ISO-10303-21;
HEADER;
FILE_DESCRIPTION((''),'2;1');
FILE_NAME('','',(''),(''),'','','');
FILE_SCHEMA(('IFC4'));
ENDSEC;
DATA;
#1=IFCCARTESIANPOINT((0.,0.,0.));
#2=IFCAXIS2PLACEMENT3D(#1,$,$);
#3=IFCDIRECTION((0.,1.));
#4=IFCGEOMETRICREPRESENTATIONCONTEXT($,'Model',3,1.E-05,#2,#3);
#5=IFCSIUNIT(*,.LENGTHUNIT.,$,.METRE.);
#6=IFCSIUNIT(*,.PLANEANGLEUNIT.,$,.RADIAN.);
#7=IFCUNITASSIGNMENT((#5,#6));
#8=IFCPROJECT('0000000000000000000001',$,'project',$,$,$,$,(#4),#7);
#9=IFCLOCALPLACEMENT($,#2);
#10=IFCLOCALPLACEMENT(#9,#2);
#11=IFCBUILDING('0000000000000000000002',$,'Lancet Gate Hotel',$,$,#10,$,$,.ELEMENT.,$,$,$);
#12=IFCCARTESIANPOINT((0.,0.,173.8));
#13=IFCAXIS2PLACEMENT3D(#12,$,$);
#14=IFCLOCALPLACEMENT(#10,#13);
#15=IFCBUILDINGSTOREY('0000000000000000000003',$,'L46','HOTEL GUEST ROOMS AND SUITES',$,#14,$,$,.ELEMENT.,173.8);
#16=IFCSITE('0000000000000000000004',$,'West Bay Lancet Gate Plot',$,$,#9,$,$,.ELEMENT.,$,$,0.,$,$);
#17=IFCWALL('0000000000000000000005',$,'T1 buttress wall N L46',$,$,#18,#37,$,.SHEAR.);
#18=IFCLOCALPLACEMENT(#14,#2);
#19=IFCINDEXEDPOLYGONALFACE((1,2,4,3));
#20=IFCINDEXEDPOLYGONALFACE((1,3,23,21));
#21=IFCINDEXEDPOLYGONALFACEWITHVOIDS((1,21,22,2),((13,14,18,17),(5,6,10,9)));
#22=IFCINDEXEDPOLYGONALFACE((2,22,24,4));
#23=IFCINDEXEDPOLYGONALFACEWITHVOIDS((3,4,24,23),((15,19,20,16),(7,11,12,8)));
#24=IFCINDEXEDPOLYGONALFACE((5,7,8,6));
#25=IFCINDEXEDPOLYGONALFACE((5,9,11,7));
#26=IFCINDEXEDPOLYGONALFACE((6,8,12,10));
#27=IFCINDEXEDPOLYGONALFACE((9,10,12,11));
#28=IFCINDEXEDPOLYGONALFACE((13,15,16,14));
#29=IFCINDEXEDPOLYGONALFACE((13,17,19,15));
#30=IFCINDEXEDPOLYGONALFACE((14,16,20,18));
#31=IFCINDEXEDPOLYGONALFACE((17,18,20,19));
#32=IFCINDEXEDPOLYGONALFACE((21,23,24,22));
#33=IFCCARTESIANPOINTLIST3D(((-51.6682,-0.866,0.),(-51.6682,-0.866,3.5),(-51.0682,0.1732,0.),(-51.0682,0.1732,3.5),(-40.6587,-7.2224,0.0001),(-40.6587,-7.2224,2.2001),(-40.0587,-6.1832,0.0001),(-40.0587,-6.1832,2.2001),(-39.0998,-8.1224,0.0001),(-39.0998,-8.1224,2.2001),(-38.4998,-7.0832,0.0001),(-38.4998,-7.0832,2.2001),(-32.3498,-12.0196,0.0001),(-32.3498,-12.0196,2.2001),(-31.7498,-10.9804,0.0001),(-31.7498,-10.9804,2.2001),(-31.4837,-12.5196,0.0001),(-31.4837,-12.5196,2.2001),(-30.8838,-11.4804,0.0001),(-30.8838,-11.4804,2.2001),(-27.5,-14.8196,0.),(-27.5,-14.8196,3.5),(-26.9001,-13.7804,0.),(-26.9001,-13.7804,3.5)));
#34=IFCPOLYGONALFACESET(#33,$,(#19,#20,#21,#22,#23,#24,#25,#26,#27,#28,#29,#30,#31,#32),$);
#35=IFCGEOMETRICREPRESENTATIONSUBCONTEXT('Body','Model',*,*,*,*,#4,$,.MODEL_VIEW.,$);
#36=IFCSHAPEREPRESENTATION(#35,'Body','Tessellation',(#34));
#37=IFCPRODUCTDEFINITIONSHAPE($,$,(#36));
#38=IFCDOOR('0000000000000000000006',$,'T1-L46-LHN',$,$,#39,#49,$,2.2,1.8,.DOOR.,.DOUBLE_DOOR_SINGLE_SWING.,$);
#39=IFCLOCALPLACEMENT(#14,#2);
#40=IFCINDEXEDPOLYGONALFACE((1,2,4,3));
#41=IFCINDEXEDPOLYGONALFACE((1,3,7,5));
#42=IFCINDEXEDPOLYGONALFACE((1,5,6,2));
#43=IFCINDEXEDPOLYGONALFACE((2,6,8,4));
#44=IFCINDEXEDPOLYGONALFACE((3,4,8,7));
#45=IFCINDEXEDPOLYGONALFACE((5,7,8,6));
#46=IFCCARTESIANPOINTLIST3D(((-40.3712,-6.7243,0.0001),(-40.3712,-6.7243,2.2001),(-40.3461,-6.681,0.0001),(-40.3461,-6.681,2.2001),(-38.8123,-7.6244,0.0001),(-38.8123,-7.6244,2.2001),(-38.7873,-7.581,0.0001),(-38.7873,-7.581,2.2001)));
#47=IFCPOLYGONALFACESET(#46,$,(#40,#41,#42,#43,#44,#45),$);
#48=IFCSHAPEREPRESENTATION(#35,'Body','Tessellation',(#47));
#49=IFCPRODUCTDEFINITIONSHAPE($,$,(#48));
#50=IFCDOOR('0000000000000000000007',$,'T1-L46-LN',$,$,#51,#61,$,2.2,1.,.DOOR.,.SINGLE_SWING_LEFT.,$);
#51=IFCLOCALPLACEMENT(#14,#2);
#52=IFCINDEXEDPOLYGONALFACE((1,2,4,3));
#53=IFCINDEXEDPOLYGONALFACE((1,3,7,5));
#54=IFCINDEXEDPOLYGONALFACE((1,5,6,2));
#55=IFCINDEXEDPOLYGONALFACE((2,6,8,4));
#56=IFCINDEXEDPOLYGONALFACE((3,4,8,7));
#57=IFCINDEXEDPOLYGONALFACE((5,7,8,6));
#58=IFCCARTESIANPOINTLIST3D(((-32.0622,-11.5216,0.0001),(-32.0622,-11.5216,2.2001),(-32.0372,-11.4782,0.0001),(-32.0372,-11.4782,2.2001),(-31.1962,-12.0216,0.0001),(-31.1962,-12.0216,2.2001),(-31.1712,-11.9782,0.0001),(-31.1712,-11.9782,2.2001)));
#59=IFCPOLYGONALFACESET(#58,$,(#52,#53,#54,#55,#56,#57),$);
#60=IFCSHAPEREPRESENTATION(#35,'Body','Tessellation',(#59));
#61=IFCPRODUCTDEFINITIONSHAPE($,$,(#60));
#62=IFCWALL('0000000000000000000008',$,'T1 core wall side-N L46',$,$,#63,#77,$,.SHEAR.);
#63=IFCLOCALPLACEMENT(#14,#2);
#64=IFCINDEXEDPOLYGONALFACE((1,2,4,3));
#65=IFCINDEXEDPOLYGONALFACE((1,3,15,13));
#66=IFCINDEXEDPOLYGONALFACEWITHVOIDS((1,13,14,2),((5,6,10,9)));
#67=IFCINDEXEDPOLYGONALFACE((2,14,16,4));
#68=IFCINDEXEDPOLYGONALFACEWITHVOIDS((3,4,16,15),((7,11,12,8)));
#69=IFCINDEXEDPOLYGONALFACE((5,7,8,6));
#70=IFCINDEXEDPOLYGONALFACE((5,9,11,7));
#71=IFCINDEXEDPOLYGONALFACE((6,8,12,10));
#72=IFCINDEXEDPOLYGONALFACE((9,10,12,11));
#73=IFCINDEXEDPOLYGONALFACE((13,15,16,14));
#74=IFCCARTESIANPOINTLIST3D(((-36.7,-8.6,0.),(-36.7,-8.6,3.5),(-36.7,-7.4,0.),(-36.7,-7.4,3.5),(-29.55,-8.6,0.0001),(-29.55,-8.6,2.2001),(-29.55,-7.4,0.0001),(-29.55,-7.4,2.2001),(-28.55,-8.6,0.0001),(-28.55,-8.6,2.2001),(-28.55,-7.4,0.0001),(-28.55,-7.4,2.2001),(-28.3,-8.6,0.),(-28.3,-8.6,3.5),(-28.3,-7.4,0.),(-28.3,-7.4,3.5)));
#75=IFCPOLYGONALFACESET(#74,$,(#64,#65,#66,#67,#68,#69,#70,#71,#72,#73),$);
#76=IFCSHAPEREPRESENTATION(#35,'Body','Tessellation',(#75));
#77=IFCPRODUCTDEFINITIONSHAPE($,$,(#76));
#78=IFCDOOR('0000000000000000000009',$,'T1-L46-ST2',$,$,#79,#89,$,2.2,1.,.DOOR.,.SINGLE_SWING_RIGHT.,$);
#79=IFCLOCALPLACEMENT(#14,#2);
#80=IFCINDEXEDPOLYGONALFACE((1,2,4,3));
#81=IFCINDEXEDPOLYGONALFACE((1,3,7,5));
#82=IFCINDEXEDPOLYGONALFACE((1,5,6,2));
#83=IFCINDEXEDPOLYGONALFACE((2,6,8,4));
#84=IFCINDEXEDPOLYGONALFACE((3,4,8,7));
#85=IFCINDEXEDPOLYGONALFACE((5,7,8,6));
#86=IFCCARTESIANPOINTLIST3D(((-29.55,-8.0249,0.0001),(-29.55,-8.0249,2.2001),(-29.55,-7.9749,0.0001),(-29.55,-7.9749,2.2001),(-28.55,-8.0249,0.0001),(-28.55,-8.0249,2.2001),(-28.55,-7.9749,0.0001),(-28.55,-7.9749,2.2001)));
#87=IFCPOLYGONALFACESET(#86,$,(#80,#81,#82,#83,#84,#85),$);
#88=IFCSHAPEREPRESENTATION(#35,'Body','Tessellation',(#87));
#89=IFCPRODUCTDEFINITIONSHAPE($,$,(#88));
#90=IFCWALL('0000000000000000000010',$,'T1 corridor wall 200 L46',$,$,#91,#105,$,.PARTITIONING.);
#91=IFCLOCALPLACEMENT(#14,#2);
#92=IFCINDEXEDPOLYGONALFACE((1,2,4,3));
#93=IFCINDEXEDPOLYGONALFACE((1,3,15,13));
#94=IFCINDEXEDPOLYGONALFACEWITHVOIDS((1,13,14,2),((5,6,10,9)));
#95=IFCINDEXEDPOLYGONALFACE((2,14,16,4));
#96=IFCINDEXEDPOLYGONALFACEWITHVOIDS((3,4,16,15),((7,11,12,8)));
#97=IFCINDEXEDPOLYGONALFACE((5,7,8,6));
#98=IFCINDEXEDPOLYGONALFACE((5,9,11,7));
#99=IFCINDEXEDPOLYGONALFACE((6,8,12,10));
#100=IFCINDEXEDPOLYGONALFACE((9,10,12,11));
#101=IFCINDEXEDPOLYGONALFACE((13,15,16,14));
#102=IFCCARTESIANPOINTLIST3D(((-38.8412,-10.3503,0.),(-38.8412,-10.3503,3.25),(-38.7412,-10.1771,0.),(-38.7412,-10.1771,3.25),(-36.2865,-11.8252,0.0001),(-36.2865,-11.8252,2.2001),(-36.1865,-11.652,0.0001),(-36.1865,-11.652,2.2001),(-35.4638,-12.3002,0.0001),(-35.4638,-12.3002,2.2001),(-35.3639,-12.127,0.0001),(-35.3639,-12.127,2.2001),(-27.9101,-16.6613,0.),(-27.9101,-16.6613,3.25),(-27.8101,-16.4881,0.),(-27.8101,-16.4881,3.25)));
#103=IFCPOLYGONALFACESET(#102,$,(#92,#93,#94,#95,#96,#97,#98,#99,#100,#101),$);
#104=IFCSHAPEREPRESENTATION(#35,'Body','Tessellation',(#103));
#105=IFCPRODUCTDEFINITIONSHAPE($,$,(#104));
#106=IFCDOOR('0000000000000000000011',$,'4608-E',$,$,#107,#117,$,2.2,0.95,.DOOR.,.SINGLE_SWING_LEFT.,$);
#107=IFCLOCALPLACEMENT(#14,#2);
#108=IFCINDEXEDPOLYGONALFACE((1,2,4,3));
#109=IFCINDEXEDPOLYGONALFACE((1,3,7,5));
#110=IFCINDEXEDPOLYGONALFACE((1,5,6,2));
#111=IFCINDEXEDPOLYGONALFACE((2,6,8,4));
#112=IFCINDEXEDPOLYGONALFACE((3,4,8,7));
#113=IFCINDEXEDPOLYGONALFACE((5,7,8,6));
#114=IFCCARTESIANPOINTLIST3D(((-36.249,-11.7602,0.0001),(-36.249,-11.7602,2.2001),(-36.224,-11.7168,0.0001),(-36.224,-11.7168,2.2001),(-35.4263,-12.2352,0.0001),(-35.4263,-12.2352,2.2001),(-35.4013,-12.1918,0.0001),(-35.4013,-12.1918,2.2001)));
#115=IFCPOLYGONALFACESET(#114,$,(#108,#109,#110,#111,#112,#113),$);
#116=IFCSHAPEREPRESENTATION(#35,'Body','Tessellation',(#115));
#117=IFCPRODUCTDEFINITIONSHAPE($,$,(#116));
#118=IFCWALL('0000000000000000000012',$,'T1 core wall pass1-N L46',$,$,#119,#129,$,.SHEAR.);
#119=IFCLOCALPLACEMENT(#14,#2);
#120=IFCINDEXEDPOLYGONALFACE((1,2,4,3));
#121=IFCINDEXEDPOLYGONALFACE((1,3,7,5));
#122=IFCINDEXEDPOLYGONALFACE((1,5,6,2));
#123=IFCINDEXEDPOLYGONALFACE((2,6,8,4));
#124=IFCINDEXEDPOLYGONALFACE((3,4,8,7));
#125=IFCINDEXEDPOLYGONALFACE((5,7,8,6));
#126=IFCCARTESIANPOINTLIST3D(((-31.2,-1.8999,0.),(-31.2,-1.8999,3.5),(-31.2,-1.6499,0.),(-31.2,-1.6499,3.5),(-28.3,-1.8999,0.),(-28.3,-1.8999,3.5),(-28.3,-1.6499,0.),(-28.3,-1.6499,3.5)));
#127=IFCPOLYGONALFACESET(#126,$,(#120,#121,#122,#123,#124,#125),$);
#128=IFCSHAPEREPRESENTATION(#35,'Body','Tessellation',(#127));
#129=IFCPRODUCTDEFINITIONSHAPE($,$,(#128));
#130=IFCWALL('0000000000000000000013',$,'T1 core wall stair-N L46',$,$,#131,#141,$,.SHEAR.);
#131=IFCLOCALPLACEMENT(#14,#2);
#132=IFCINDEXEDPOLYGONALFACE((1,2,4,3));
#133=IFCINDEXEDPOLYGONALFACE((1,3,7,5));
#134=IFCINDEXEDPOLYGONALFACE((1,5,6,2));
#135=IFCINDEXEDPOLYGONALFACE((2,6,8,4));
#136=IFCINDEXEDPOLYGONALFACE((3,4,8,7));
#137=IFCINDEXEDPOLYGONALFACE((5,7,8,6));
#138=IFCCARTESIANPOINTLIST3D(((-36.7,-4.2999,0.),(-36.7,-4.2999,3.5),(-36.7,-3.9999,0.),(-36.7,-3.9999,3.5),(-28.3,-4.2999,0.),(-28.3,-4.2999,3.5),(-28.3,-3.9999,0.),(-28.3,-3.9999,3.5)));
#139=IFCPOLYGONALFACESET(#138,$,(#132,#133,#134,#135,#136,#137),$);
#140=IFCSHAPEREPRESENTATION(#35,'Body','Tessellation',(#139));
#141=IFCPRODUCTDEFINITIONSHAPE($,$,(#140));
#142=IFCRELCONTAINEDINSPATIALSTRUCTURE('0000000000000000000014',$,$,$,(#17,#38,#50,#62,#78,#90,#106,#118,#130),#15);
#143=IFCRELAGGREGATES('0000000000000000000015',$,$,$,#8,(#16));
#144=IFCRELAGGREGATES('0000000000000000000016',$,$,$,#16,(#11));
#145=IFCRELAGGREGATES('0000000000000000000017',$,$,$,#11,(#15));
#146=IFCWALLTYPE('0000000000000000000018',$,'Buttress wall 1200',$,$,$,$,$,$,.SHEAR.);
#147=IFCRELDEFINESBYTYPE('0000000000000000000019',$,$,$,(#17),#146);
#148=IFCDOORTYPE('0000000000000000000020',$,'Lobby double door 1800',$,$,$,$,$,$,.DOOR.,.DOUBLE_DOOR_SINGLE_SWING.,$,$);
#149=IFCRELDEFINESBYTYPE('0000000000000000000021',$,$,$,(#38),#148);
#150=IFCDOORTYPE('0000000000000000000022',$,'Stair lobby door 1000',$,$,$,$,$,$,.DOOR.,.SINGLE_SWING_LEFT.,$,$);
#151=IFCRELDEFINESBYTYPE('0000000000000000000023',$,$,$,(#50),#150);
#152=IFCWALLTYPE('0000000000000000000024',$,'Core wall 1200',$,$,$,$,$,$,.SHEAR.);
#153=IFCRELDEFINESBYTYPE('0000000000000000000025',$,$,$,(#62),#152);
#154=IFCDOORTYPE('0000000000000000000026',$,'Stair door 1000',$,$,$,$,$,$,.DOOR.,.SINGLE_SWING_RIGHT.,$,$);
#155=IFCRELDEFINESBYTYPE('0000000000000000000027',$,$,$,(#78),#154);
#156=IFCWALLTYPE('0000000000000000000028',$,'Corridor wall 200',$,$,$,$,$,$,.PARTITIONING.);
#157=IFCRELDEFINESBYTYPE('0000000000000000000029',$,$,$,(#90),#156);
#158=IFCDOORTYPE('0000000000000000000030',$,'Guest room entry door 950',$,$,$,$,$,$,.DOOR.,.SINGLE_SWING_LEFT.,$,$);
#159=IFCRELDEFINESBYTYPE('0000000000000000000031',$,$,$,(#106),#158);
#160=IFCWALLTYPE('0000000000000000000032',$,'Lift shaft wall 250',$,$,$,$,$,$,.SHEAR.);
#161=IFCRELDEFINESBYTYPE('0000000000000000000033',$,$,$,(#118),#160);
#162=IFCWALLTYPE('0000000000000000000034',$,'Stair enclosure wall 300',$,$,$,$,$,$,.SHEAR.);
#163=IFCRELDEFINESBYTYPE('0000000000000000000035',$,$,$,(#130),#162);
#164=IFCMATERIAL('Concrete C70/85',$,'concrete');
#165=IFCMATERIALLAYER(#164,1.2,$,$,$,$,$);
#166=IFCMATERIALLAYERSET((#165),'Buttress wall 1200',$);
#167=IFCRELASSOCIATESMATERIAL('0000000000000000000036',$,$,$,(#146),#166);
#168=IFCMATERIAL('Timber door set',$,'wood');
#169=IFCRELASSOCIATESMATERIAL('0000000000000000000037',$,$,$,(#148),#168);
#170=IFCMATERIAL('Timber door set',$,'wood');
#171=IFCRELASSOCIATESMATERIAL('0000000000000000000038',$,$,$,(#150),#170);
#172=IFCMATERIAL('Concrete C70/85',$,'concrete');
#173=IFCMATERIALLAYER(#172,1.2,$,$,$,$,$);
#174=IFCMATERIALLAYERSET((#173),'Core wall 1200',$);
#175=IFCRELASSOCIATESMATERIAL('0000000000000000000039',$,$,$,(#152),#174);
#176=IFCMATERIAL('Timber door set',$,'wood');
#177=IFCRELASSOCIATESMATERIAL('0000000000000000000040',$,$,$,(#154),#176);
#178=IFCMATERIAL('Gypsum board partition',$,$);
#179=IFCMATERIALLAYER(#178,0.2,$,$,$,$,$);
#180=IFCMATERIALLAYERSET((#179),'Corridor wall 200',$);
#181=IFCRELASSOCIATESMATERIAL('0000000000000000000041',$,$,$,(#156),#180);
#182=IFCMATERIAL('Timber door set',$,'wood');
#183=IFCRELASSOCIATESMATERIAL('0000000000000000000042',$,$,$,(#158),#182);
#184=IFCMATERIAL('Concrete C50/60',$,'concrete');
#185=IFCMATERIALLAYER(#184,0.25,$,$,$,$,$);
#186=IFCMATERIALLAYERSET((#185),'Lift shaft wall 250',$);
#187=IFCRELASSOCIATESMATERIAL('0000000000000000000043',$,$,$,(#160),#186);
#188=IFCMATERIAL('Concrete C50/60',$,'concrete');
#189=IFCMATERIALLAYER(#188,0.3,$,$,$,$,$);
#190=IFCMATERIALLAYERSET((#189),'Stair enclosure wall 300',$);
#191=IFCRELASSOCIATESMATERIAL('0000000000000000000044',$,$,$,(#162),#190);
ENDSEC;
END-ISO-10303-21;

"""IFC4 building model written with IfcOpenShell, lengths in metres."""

from ifc_helpers import new_model, si_unit, direction, frame, frame_2d, origin, place, context, subcontext, project, spatial, rectangle, extrude, material, layer, layer_set, type_object, element, fill, save


model = new_model("IFC4")

# Units and contexts
model_context = context("Model", 3, precision=1e-05, world=origin(), true_north=direction((0.0, 1.0)))
body_context = subcontext(model_context, "Body", "Model", "MODEL_VIEW")
ifc_project = project(units=[si_unit("LENGTHUNIT", "METRE"), si_unit("PLANEANGLEUNIT", "RADIAN")], contexts=[model_context])

# Site, building, storey
site_placement = place(None, origin())
site = spatial("IfcSite", under=ifc_project, at=site_placement, Name="West Bay Lancet Gate Plot", CompositionType="ELEMENT", RefElevation=0.0)
building_placement = place(site_placement, origin())
building = spatial("IfcBuilding", under=site, at=building_placement, Name="Lancet Gate Hotel", CompositionType="ELEMENT")
storey_placement = place(building_placement, frame((0.0, 0.0, 173.8)))
storey = spatial("IfcBuildingStorey", under=building, at=storey_placement, Name="L46", Description="HOTEL GUEST ROOMS AND SUITES", CompositionType="ELEMENT", Elevation=173.8)

# Wall, openings, doors
ifc_material_1 = material(Name="Concrete C70/85", Category="concrete")
ifc_layer_1 = layer(ifc_material_1, 1.2)
ifc_layer_set_1 = layer_set([ifc_layer_1], Name="Buttress wall 1200")
wall_type_1 = type_object("IfcWallType", Name="Buttress wall 1200", PredefinedType="SHEAR", material=ifc_layer_set_1)
wall_1_placement = place(storey_placement, frame((-27.2, -14.3, 0.0), z_axis=(0.0, 0.0, 1.0), x_axis=(-0.866024, 0.500002, 0.0)))
wall_1 = element("IfcWall", 1, at=wall_1_placement, inside=storey, type_object=wall_type_1, Name="T1 buttress wall N L46", PredefinedType="SHEAR", context=body_context, shape_type="SweptSolid", body=[
    extrude(rectangle(XDim=27.907, YDim=1.2, at=frame_2d((13.9536, 0.0))), origin(), (0.0, 0.0, 1.0), 3.5),
])
opening_1_placement = place(wall_1_placement, frame((4.6001, 0.0, 0.0)))
opening_1 = element("IfcOpeningElement", 2, at=opening_1_placement, cuts=wall_1, PredefinedType="OPENING", context=body_context, shape_type="SweptSolid", body=[
    extrude(rectangle(XDim=1.0, YDim=2.2, at=frame_2d((0.5, 1.1001))), frame((0.0, 0.6099, 0.0), z_axis=(0.0, -1.0, 0.0), x_axis=(1.0, 0.0, 0.0)), (0.0, 0.0, 1.0), 1.22),
])
opening_2_placement = place(wall_1_placement, frame((13.3945, 0.0, 0.0)))
opening_2 = element("IfcOpeningElement", 3, at=opening_2_placement, cuts=wall_1, PredefinedType="OPENING", context=body_context, shape_type="SweptSolid", body=[
    extrude(rectangle(XDim=1.8, YDim=2.2, at=frame_2d((0.8999, 1.1001))), frame((0.0, 0.6099, 0.0), z_axis=(0.0, -1.0, 0.0), x_axis=(1.0, 0.0, 0.0)), (0.0, 0.0, 1.0), 1.22),
])
ifc_material_2 = material(Name="Timber door set", Category="wood")
door_type_1 = type_object("IfcDoorType", Name="Lobby double door 1800", OperationType="DOUBLE_DOOR_SINGLE_SWING", PredefinedType="DOOR", material=ifc_material_2)
door_1_placement = place(opening_2_placement, origin())
door_1 = element("IfcDoor", 4, at=door_1_placement, inside=storey, type_object=door_type_1, Name="T1-L46-LHN", OperationType="DOUBLE_DOOR_SINGLE_SWING", OverallHeight=2.2, OverallWidth=1.8, PredefinedType="DOOR", context=body_context, shape_type="SweptSolid", body=[
    extrude(rectangle(XDim=1.8, YDim=2.2, at=frame_2d((0.8999, 1.1001))), frame((0.0, 0.0249, 0.0), z_axis=(0.0, -1.0, 0.0), x_axis=(1.0, 0.0, 0.0)), (0.0, 0.0, 1.0), 0.05),
])
fill(opening_2, door_1)
ifc_material_3 = material(Name="Timber door set", Category="wood")
door_type_2 = type_object("IfcDoorType", Name="Stair lobby door 1000", OperationType="SINGLE_SWING_LEFT", PredefinedType="DOOR", material=ifc_material_3)
door_2_placement = place(opening_1_placement, origin())
door_2 = element("IfcDoor", 5, at=door_2_placement, inside=storey, type_object=door_type_2, Name="T1-L46-LN", OperationType="SINGLE_SWING_LEFT", OverallHeight=2.2, OverallWidth=1.0, PredefinedType="DOOR", context=body_context, shape_type="SweptSolid", body=[
    extrude(rectangle(XDim=1.0, YDim=2.2, at=frame_2d((0.5, 1.1001))), frame((0.0, 0.0249, 0.0), z_axis=(0.0, -1.0, 0.0), x_axis=(1.0, 0.0, 0.0)), (0.0, 0.0, 1.0), 0.05),
])
fill(opening_1, door_2)

# Walls, openings, doors
ifc_material_4 = material(Name="Concrete C70/85", Category="concrete")
ifc_layer_2 = layer(ifc_material_4, 1.2)
ifc_layer_set_2 = layer_set([ifc_layer_2], Name="Core wall 1200")
wall_type_2 = type_object("IfcWallType", Name="Core wall 1200", PredefinedType="SHEAR", material=ifc_layer_set_2)
wall_2_placement = place(storey_placement, frame((-28.3, -8.0, 0.0), z_axis=(0.0, 0.0, 1.0), x_axis=(-1.0, 0.0, 0.0)))
wall_2 = element("IfcWall", 6, at=wall_2_placement, inside=storey, type_object=wall_type_2, Name="T1 core wall side-N L46", PredefinedType="SHEAR", context=body_context, shape_type="SweptSolid", body=[
    extrude(rectangle(XDim=8.3999, YDim=1.2, at=frame_2d((4.2, 0.0))), origin(), (0.0, 0.0, 1.0), 3.5),
])
opening_3_placement = place(wall_2_placement, frame((0.25, 0.0, 0.0)))
opening_3 = element("IfcOpeningElement", 7, at=opening_3_placement, cuts=wall_2, PredefinedType="OPENING", context=body_context, shape_type="SweptSolid", body=[
    extrude(rectangle(XDim=1.0, YDim=2.2, at=frame_2d((0.5, 1.1001))), frame((0.0, 0.6099, 0.0), z_axis=(0.0, -1.0, 0.0), x_axis=(1.0, 0.0, 0.0)), (0.0, 0.0, 1.0), 1.22),
])
ifc_material_5 = material(Name="Timber door set", Category="wood")
door_type_3 = type_object("IfcDoorType", Name="Stair door 1000", OperationType="SINGLE_SWING_RIGHT", PredefinedType="DOOR", material=ifc_material_5)
door_3_placement = place(opening_3_placement, origin())
door_3 = element("IfcDoor", 8, at=door_3_placement, inside=storey, type_object=door_type_3, Name="T1-L46-ST2", OperationType="SINGLE_SWING_RIGHT", OverallHeight=2.2, OverallWidth=1.0, PredefinedType="DOOR", context=body_context, shape_type="SweptSolid", body=[
    extrude(rectangle(XDim=1.0, YDim=2.2, at=frame_2d((0.5, 1.1001))), frame((0.0, 0.0249, 0.0), z_axis=(0.0, -1.0, 0.0), x_axis=(1.0, 0.0, 0.0)), (0.0, 0.0, 1.0), 0.05),
])
fill(opening_3, door_3)
ifc_material_6 = material(Name="Gypsum board partition")
ifc_layer_3 = layer(ifc_material_6, 0.2)
ifc_layer_set_3 = layer_set([ifc_layer_3], Name="Corridor wall 200")
wall_type_3 = type_object("IfcWallType", Name="Corridor wall 200", PredefinedType="PARTITIONING", material=ifc_layer_set_3)
wall_3_placement = place(storey_placement, frame((-27.8601, -16.5747, 0.0), z_axis=(0.0, 0.0, 1.0), x_axis=(-0.866028, 0.499996, 0.0)))
wall_3 = element("IfcWall", 9, at=wall_3_placement, inside=storey, type_object=wall_type_3, Name="T1 corridor wall 200 L46", PredefinedType="PARTITIONING", context=body_context, shape_type="SweptSolid", body=[
    extrude(rectangle(XDim=12.6221, YDim=0.2, at=frame_2d((6.311, 0.0))), origin(), (0.0, 0.0, 1.0), 3.25),
])
opening_4_placement = place(wall_3_placement, frame((8.7222, 0.0, 0.0)))
opening_4 = element("IfcOpeningElement", 10, at=opening_4_placement, cuts=wall_3, PredefinedType="OPENING", context=body_context, shape_type="SweptSolid", body=[
    extrude(rectangle(XDim=0.95, YDim=2.2, at=frame_2d((0.4751, 1.1001))), frame((0.0, 0.1099, 0.0), z_axis=(0.0, -1.0, 0.0), x_axis=(1.0, 0.0, 0.0)), (0.0, 0.0, 1.0), 0.22),
])
ifc_material_7 = material(Name="Timber door set", Category="wood")
door_type_4 = type_object("IfcDoorType", Name="Guest room entry door 950", OperationType="SINGLE_SWING_LEFT", PredefinedType="DOOR", material=ifc_material_7)
door_4_placement = place(opening_4_placement, origin())
door_4 = element("IfcDoor", 11, at=door_4_placement, inside=storey, type_object=door_type_4, Name="4608-E", OperationType="SINGLE_SWING_LEFT", OverallHeight=2.2, OverallWidth=0.95, PredefinedType="DOOR", context=body_context, shape_type="SweptSolid", body=[
    extrude(rectangle(XDim=0.95, YDim=2.2, at=frame_2d((0.4751, 1.1001))), frame((0.0, 0.0249, 0.0), z_axis=(0.0, -1.0, 0.0), x_axis=(1.0, 0.0, 0.0)), (0.0, 0.0, 1.0), 0.05),
])
fill(opening_4, door_4)

# Walls
ifc_material_8 = material(Name="Concrete C50/60", Category="concrete")
ifc_layer_4 = layer(ifc_material_8, 0.25)
ifc_layer_set_4 = layer_set([ifc_layer_4], Name="Lift shaft wall 250")
wall_type_4 = type_object("IfcWallType", Name="Lift shaft wall 250", PredefinedType="SHEAR", material=ifc_layer_set_4)
wall_4_placement = place(storey_placement, frame((-28.3, -1.7749, 0.0), z_axis=(0.0, 0.0, 1.0), x_axis=(-1.0, 0.0, 0.0)))
element("IfcWall", 12, at=wall_4_placement, inside=storey, type_object=wall_type_4, Name="T1 core wall pass1-N L46", PredefinedType="SHEAR", context=body_context, shape_type="SweptSolid", body=[
    extrude(rectangle(XDim=2.8999, YDim=0.25, at=frame_2d((1.45, 0.0))), origin(), (0.0, 0.0, 1.0), 3.5),
])
ifc_material_9 = material(Name="Concrete C50/60", Category="concrete")
ifc_layer_5 = layer(ifc_material_9, 0.3)
ifc_layer_set_5 = layer_set([ifc_layer_5], Name="Stair enclosure wall 300")
wall_type_5 = type_object("IfcWallType", Name="Stair enclosure wall 300", PredefinedType="SHEAR", material=ifc_layer_set_5)
wall_5_placement = place(storey_placement, frame((-28.3, -4.1499, 0.0), z_axis=(0.0, 0.0, 1.0), x_axis=(-1.0, 0.0, 0.0)))
element("IfcWall", 13, at=wall_5_placement, inside=storey, type_object=wall_type_5, Name="T1 core wall stair-N L46", PredefinedType="SHEAR", context=body_context, shape_type="SweptSolid", body=[
    extrude(rectangle(XDim=8.3999, YDim=0.3, at=frame_2d((4.2, 0.0))), origin(), (0.0, 0.0, 1.0), 3.5),
])

save(model, "model.ifc")
